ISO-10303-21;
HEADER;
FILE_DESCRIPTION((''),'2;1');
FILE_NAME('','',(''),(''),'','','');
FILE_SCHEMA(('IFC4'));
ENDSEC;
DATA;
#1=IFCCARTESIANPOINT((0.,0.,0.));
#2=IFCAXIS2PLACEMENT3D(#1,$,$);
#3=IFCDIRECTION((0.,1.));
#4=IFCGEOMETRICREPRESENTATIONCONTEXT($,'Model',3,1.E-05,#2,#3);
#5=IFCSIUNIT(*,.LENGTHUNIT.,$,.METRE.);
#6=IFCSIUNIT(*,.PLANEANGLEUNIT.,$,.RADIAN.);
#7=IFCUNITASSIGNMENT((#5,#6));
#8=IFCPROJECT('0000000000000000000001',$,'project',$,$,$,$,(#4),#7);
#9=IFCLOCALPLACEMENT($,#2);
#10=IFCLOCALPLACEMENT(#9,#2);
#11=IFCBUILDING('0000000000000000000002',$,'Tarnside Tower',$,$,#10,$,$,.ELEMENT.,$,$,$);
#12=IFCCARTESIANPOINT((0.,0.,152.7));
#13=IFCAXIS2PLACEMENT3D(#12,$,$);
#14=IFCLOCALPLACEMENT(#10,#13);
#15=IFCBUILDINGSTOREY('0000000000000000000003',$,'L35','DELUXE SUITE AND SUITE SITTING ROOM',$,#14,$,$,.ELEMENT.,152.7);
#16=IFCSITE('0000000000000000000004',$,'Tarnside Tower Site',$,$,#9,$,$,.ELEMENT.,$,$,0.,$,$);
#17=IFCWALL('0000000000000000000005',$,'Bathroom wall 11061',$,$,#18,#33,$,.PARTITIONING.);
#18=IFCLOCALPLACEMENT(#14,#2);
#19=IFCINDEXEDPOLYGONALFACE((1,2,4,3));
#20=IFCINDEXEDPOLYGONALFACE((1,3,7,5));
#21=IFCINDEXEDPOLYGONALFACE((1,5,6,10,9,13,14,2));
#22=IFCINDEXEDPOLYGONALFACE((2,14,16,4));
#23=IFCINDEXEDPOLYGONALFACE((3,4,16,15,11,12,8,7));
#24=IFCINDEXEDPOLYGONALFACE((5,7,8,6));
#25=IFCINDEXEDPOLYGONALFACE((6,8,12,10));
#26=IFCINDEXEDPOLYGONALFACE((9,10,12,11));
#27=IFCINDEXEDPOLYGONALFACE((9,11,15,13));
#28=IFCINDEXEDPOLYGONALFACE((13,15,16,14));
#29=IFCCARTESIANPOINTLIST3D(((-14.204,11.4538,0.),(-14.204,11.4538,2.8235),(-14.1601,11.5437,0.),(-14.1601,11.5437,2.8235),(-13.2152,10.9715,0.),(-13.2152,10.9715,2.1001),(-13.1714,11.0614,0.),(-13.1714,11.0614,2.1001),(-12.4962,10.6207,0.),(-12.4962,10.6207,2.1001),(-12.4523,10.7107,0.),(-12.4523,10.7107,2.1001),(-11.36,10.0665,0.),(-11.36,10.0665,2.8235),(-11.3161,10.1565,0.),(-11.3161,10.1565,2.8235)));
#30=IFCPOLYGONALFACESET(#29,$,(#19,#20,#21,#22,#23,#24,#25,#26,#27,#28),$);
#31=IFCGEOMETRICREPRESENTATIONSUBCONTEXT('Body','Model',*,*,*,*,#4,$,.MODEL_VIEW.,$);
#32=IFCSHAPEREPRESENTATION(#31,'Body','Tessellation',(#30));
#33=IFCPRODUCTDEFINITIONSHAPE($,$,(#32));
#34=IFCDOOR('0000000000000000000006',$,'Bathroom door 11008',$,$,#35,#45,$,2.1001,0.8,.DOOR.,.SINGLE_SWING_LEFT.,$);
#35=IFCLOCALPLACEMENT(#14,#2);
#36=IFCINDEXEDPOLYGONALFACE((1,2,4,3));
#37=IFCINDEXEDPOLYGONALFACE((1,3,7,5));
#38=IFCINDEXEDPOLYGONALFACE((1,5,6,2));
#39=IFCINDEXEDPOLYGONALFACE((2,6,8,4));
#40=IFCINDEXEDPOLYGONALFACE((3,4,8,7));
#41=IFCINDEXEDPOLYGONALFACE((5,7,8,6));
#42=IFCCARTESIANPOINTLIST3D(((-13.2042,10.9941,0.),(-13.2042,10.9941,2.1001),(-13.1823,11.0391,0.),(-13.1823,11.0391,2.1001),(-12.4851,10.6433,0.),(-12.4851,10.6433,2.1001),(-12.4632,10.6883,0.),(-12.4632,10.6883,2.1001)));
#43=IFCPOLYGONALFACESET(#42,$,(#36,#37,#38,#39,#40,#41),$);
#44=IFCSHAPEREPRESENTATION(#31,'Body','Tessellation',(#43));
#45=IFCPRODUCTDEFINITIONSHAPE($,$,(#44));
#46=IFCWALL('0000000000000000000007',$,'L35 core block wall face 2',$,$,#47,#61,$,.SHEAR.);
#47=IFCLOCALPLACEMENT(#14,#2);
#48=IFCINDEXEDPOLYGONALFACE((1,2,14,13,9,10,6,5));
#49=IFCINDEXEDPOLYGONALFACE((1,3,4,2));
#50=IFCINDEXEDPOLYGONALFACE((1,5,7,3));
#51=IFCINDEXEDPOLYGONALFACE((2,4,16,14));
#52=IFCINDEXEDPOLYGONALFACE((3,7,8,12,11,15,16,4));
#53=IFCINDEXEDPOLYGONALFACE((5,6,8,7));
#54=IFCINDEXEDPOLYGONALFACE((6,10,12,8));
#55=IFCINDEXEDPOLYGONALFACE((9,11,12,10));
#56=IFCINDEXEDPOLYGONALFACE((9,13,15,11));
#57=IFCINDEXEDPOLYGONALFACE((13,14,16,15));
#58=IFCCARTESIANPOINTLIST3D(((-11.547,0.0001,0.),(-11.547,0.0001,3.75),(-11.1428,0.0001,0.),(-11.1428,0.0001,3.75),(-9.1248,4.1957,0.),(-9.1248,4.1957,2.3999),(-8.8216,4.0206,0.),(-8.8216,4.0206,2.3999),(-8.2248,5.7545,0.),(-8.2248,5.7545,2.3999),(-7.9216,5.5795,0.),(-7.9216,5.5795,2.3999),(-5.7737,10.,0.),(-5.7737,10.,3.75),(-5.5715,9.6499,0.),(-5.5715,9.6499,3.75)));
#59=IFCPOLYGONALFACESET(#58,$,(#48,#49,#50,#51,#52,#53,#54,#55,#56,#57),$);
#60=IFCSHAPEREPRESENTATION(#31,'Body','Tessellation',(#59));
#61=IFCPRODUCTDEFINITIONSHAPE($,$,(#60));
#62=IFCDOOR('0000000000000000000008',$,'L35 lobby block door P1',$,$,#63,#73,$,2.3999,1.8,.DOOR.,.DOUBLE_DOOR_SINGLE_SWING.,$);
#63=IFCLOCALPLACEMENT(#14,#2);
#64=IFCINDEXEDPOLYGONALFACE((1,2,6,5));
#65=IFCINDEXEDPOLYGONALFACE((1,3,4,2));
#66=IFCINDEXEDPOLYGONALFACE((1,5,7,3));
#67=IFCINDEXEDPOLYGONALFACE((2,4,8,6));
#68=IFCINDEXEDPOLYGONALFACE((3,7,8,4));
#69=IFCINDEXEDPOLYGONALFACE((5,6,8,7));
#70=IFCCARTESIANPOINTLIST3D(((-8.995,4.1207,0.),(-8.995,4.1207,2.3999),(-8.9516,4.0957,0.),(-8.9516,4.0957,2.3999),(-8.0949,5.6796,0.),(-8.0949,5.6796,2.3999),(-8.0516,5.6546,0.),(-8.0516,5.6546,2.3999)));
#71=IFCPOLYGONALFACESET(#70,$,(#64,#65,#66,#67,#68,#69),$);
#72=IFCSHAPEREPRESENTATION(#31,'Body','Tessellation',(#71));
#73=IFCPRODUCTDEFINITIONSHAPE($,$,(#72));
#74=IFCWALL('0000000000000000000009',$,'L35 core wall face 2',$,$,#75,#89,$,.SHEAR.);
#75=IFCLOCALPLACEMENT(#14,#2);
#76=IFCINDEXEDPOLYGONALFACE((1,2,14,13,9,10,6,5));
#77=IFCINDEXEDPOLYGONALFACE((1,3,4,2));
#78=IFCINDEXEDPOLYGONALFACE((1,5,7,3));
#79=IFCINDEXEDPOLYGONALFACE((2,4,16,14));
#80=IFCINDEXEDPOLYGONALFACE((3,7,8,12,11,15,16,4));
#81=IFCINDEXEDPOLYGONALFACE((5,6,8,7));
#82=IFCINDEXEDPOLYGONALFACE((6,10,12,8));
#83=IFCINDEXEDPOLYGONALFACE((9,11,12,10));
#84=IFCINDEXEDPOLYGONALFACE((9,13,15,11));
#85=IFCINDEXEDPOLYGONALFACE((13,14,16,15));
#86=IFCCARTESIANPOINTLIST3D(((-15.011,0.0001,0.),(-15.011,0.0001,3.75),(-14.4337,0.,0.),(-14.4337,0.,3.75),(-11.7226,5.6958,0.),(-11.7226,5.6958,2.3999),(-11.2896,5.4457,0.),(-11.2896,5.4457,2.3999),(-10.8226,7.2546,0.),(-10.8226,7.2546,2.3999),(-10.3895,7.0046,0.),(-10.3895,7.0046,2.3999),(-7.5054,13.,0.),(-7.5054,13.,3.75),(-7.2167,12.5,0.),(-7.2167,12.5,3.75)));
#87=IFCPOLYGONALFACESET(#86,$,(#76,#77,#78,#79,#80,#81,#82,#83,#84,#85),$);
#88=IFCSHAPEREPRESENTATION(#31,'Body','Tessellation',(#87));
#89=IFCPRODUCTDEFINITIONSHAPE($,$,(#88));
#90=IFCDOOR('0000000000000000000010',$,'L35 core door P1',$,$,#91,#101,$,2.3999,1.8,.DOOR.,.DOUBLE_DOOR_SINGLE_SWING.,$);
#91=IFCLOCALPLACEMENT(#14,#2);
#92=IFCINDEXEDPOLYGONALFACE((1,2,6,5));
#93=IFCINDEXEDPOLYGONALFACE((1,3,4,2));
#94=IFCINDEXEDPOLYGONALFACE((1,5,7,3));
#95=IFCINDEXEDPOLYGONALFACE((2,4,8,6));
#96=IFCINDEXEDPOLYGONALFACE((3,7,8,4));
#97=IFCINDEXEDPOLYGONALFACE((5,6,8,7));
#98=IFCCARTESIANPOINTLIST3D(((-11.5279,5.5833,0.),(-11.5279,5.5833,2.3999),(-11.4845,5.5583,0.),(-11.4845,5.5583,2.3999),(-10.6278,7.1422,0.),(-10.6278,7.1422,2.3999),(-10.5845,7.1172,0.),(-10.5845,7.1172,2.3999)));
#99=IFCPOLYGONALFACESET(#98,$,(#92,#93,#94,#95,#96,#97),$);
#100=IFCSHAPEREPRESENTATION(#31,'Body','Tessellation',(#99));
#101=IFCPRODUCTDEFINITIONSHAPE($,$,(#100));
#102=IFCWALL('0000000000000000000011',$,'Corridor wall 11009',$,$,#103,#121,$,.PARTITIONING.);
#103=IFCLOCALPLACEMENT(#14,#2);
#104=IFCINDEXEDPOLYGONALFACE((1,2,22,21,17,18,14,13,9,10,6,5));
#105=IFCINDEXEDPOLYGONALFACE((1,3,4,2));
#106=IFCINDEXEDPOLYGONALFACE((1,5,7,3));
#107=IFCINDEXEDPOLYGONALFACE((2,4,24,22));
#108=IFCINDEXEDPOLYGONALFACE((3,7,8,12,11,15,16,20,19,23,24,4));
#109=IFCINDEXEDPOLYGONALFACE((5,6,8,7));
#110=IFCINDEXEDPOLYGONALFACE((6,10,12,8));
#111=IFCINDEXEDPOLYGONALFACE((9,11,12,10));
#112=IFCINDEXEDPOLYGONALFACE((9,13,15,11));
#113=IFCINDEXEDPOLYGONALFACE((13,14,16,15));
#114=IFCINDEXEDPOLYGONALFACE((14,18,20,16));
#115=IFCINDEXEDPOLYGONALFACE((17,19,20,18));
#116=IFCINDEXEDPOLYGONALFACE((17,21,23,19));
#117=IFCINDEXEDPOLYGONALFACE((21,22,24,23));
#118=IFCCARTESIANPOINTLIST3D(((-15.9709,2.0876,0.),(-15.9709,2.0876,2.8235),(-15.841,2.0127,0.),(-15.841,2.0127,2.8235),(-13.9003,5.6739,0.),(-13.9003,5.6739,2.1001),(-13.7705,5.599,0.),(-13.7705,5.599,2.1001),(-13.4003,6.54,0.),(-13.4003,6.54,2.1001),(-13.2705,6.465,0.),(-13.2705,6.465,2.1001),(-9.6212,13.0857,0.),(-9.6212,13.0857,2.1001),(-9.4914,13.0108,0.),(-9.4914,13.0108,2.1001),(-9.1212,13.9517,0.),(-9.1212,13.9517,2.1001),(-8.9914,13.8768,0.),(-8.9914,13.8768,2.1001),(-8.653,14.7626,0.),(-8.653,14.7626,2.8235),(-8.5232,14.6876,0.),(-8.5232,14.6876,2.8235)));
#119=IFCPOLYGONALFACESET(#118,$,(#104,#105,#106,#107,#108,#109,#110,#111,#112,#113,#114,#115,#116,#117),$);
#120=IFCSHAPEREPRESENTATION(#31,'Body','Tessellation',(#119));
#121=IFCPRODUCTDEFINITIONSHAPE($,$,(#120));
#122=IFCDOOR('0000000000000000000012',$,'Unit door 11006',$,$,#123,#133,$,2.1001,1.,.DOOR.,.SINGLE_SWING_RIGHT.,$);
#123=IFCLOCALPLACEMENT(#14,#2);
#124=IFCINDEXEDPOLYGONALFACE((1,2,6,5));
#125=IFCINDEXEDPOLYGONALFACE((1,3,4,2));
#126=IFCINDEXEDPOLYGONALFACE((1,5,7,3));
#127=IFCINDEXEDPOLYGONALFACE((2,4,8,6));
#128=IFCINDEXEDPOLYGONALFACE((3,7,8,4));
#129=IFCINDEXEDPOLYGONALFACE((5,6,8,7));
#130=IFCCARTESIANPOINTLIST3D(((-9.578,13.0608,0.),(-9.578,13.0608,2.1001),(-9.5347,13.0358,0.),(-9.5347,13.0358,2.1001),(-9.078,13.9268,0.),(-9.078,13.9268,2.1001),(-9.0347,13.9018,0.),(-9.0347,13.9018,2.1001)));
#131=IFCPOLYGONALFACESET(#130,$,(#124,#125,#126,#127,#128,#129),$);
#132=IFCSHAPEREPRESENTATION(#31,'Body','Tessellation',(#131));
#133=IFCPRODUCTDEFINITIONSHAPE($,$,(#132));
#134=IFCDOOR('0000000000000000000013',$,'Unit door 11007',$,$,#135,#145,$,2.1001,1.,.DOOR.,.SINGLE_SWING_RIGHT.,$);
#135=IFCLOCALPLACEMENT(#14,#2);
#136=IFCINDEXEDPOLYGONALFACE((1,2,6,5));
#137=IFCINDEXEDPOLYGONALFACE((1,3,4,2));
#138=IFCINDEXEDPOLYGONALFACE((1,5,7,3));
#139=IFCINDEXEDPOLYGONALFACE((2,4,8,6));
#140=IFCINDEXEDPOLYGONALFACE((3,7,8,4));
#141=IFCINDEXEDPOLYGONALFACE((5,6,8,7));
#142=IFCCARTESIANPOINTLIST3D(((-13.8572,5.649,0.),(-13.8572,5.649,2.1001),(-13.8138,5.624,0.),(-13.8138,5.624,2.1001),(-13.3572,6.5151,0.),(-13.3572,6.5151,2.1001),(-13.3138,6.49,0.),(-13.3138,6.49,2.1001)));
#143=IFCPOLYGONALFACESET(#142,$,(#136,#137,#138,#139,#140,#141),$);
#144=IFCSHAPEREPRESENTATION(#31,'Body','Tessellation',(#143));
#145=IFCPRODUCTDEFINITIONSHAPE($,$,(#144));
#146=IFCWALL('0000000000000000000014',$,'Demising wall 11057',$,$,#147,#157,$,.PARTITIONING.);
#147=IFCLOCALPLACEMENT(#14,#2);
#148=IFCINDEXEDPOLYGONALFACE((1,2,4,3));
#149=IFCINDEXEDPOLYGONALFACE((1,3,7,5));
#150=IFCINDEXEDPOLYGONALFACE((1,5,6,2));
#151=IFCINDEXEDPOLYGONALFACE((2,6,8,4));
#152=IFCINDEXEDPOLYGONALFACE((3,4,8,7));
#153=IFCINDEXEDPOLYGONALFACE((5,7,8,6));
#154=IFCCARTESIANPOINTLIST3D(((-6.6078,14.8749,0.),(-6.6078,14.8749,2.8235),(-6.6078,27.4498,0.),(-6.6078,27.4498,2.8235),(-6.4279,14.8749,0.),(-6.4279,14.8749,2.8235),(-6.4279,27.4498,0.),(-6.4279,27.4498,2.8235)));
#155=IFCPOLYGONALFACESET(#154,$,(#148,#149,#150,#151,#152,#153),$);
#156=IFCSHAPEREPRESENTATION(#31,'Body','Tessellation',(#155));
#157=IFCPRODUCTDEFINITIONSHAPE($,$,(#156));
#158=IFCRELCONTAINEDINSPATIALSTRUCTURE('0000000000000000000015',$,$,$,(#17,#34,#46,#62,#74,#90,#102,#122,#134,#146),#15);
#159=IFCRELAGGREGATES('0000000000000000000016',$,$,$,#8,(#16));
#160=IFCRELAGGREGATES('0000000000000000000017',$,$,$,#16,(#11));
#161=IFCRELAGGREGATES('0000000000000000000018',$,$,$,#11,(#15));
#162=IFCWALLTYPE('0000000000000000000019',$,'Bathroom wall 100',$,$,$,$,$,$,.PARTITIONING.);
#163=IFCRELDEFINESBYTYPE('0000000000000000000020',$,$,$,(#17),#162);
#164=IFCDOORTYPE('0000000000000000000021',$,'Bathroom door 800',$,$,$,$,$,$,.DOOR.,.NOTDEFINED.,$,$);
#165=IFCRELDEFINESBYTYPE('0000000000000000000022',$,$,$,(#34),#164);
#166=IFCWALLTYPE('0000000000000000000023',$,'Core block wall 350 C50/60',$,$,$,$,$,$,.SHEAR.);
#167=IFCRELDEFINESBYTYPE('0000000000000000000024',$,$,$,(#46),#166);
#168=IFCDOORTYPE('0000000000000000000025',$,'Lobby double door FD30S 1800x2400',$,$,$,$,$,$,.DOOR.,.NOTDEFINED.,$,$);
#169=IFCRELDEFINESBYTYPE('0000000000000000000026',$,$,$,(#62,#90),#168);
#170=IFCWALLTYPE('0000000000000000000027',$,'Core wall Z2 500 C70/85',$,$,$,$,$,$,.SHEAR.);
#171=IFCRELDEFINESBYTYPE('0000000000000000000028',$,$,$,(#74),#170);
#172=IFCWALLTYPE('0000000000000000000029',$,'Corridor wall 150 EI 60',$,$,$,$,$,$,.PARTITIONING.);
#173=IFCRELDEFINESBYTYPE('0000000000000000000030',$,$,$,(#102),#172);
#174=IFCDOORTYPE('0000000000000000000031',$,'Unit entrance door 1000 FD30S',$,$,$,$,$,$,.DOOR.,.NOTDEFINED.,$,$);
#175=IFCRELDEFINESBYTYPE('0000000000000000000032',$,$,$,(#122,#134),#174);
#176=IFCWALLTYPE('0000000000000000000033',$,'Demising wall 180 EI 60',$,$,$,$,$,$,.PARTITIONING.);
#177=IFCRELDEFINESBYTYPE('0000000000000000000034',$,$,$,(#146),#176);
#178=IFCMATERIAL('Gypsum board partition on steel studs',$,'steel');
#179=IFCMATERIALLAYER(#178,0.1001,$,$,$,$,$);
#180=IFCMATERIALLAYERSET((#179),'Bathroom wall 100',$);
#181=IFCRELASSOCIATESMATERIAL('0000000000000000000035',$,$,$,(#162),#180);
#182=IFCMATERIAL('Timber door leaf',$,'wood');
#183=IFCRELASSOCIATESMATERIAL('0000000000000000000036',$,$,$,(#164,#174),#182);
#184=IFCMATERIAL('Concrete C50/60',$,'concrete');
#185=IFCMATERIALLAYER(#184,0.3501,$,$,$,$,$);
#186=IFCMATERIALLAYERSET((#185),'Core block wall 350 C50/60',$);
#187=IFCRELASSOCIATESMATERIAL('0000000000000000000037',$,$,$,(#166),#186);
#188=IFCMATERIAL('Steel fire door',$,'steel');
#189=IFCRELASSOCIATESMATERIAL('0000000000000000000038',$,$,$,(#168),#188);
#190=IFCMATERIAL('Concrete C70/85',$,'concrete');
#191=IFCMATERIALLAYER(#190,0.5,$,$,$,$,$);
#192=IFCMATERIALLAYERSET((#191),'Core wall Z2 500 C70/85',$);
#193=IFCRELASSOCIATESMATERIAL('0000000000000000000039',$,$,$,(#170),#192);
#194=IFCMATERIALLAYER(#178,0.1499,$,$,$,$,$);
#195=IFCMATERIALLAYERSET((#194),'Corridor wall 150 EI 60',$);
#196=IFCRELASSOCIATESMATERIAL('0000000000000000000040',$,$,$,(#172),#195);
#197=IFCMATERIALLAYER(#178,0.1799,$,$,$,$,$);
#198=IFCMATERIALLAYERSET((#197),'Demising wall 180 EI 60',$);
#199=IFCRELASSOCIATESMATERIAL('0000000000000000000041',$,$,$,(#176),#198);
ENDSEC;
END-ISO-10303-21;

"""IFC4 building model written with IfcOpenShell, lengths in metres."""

from ifc_helpers import new_model, si_unit, direction, frame, frame_2d, origin, place, context, subcontext, project, spatial, polyline, rectangle, outline, extrude, material, layer, layer_set, type_object, element, fill, save


model = new_model("IFC4")

# Units and contexts
model_context = context("Model", 3, precision=1e-05, world=origin(), true_north=direction((0.0, 1.0)))
body_context = subcontext(model_context, "Body", "Model", "MODEL_VIEW")
ifc_project = project(units=[si_unit("LENGTHUNIT", "METRE"), si_unit("PLANEANGLEUNIT", "RADIAN")], contexts=[model_context])

# Site, building, storey
site_placement = place(None, origin())
site = spatial("IfcSite", under=ifc_project, at=site_placement, Name="Tarnside Tower Site", CompositionType="ELEMENT", RefElevation=0.0)
building_placement = place(site_placement, origin())
building = spatial("IfcBuilding", under=site, at=building_placement, Name="Tarnside Tower", CompositionType="ELEMENT")
storey_placement = place(building_placement, frame((0.0, 0.0, 152.7)))
storey = spatial("IfcBuildingStorey", under=building, at=storey_placement, Name="L35", Description="DELUXE SUITE AND SUITE SITTING ROOM", CompositionType="ELEMENT", Elevation=152.7)

# Walls, openings, doors
ifc_material_1 = material(Name="Gypsum board partition on steel studs", Category="steel")
ifc_layer_1 = layer(ifc_material_1, 0.1001)
ifc_layer_set_1 = layer_set([ifc_layer_1], Name="Bathroom wall 100")
wall_type_1 = type_object("IfcWallType", Name="Bathroom wall 100", PredefinedType="PARTITIONING", material=ifc_layer_set_1)
wall_1_placement = place(storey_placement, frame((-11.3381, 10.1116, 0.0), z_axis=(0.0, 0.0, 1.0), x_axis=(-0.898782, 0.438396, 0.0)))
wall_1 = element("IfcWall", 1, at=wall_1_placement, inside=storey, type_object=wall_type_1, Name="Bathroom wall 11061", PredefinedType="PARTITIONING", context=body_context, shape_type="SweptSolid", body=[
    extrude(rectangle(XDim=3.1643, YDim=0.1001, at=frame_2d((1.582, 0.0))), origin(), (0.0, 0.0, 1.0), 2.8235),
])
opening_1_placement = place(wall_1_placement, frame((1.2642, 0.0, 0.0)))
opening_1 = element("IfcOpeningElement", 2, at=opening_1_placement, cuts=wall_1, PredefinedType="OPENING", context=body_context, shape_type="SweptSolid", body=[
    extrude(rectangle(XDim=0.8, YDim=2.1001, at=frame_2d((0.3999, 1.05))), frame((0.0, 0.0601, 0.0), z_axis=(0.0, -1.0, 0.0), x_axis=(1.0, 0.0, 0.0)), (0.0, 0.0, 1.0), 0.1201),
])
ifc_material_2 = material(Name="Timber door leaf", Category="wood")
door_type_1 = type_object("IfcDoorType", Name="Bathroom door 800", OperationType="NOTDEFINED", PredefinedType="DOOR", material=ifc_material_2)
door_1_placement = place(opening_1_placement, origin())
door_1 = element("IfcDoor", 3, at=door_1_placement, inside=storey, type_object=door_type_1, Name="Bathroom door 11008", OperationType="SINGLE_SWING_LEFT", OverallHeight=2.1001, OverallWidth=0.8, PredefinedType="DOOR", context=body_context, shape_type="SweptSolid", body=[
    extrude(rectangle(XDim=0.8, YDim=2.1001, at=frame_2d((0.3999, 1.05))), frame((0.0, 0.0249, 0.0), z_axis=(0.0, -1.0, 0.0), x_axis=(1.0, 0.0, 0.0)), (0.0, 0.0, 1.0), 0.05),
])
fill(opening_1, door_1)
ifc_material_3 = material(Name="Concrete C50/60", Category="concrete")
ifc_layer_2 = layer(ifc_material_3, 0.3501)
ifc_layer_set_2 = layer_set([ifc_layer_2], Name="Core block wall 350 C50/60")
wall_type_2 = type_object("IfcWallType", Name="Core block wall 350 C50/60", PredefinedType="SHEAR", material=ifc_layer_set_2)
wall_2_placement = place(storey_placement, frame((-5.6726, 9.825, 0.0), z_axis=(0.0, 0.0, 1.0), x_axis=(-0.499995, -0.866028, 0.0)))
wall_2 = element("IfcWall", 4, at=wall_2_placement, inside=storey, type_object=wall_type_2, Name="L35 core block wall face 2", PredefinedType="SHEAR", context=body_context, shape_type="SweptSolid", body=[
    extrude(outline(polyline([(-0.1011, -0.175), (11.4458, -0.175), (11.2437, 0.175), (0.1011, 0.175), (-0.1011, -0.175)])), origin(), (0.0, 0.0, 1.0), 3.75),
])
opening_2_placement = place(wall_2_placement, frame((4.8013, 0.0, 0.0)))
opening_2 = element("IfcOpeningElement", 5, at=opening_2_placement, cuts=wall_2, PredefinedType="OPENING", context=body_context, shape_type="SweptSolid", body=[
    extrude(rectangle(XDim=1.8, YDim=2.3999, at=frame_2d((0.8999, 1.2))), frame((0.0, 0.1851, 0.0), z_axis=(0.0, -1.0, 0.0), x_axis=(1.0, 0.0, 0.0)), (0.0, 0.0, 1.0), 0.3701),
])
ifc_material_4 = material(Name="Steel fire door", Category="steel")
door_type_2 = type_object("IfcDoorType", Name="Lobby double door FD30S 1800x2400", OperationType="NOTDEFINED", PredefinedType="DOOR", material=ifc_material_4)
door_2_placement = place(opening_2_placement, origin())
door_2 = element("IfcDoor", 6, at=door_2_placement, inside=storey, type_object=door_type_2, Name="L35 lobby block door P1", OperationType="DOUBLE_DOOR_SINGLE_SWING", OverallHeight=2.3999, OverallWidth=1.8, PredefinedType="DOOR", context=body_context, shape_type="SweptSolid", body=[
    extrude(rectangle(XDim=1.8, YDim=2.3999, at=frame_2d((0.8999, 1.2))), frame((0.0, 0.0249, 0.0), z_axis=(0.0, -1.0, 0.0), x_axis=(1.0, 0.0, 0.0)), (0.0, 0.0, 1.0), 0.05),
])
fill(opening_2, door_2)
ifc_material_5 = material(Name="Concrete C70/85", Category="concrete")
ifc_layer_3 = layer(ifc_material_5, 0.5)
ifc_layer_set_3 = layer_set([ifc_layer_3], Name="Core wall Z2 500 C70/85")
wall_type_3 = type_object("IfcWallType", Name="Core wall Z2 500 C70/85", PredefinedType="SHEAR", material=ifc_layer_set_3)
wall_3_placement = place(storey_placement, frame((-7.3611, 12.75, 0.0), z_axis=(0.0, 0.0, 1.0), x_axis=(-0.500006, -0.866022, 0.0)))
wall_3 = element("IfcWall", 7, at=wall_3_placement, inside=storey, type_object=wall_type_3, Name="L35 core wall face 2", PredefinedType="SHEAR", context=body_context, shape_type="SweptSolid", body=[
    extrude(outline(polyline([(-0.1443, -0.25), (14.8667, -0.25), (14.5781, 0.25), (0.1443, 0.25), (-0.1443, -0.25)])), origin(), (0.0, 0.0, 1.0), 3.75),
])
opening_3_placement = place(wall_3_placement, frame((6.49, 0.0, 0.0)))
opening_3 = element("IfcOpeningElement", 8, at=opening_3_placement, cuts=wall_3, PredefinedType="OPENING", context=body_context, shape_type="SweptSolid", body=[
    extrude(rectangle(XDim=1.8, YDim=2.3999, at=frame_2d((0.8999, 1.2))), frame((0.0, 0.26, 0.0), z_axis=(0.0, -1.0, 0.0), x_axis=(1.0, 0.0, 0.0)), (0.0, 0.0, 1.0), 0.52),
])
door_3_placement = place(opening_3_placement, origin())
door_3 = element("IfcDoor", 9, at=door_3_placement, inside=storey, type_object=door_type_2, Name="L35 core door P1", OperationType="DOUBLE_DOOR_SINGLE_SWING", OverallHeight=2.3999, OverallWidth=1.8, PredefinedType="DOOR", context=body_context, shape_type="SweptSolid", body=[
    extrude(rectangle(XDim=1.8, YDim=2.3999, at=frame_2d((0.8999, 1.2))), frame((0.0, 0.0249, 0.0), z_axis=(0.0, -1.0, 0.0), x_axis=(1.0, 0.0, 0.0)), (0.0, 0.0, 1.0), 0.05),
])
fill(opening_3, door_3)

# Wall, openings, doors
ifc_layer_4 = layer(ifc_material_1, 0.1499)
ifc_layer_set_4 = layer_set([ifc_layer_4], Name="Corridor wall 150 EI 60")
wall_type_4 = type_object("IfcWallType", Name="Corridor wall 150 EI 60", PredefinedType="PARTITIONING", material=ifc_layer_set_4)
wall_4_placement = place(storey_placement, frame((-8.5881, 14.7251, 0.0), z_axis=(0.0, 0.0, 1.0), x_axis=(-0.499996, -0.866028, 0.0)))
wall_4 = element("IfcWall", 10, at=wall_4_placement, inside=storey, type_object=wall_type_4, Name="Corridor wall 11009", PredefinedType="PARTITIONING", context=body_context, shape_type="SweptSolid", body=[
    extrude(rectangle(XDim=14.6357, YDim=0.1499, at=frame_2d((7.3179, 0.0))), origin(), (0.0, 0.0, 1.0), 2.8235),
])
opening_4_placement = place(wall_4_placement, frame((0.9363, 0.0, 0.0)))
opening_4 = element("IfcOpeningElement", 11, at=opening_4_placement, cuts=wall_4, PredefinedType="OPENING", context=body_context, shape_type="SweptSolid", body=[
    extrude(rectangle(XDim=1.0, YDim=2.1001, at=frame_2d((0.5, 1.05))), frame((0.0, 0.085, 0.0), z_axis=(0.0, -1.0, 0.0), x_axis=(1.0, 0.0, 0.0)), (0.0, 0.0, 1.0), 0.1699),
])
opening_5_placement = place(wall_4_placement, frame((9.4946, 0.0, 0.0)))
opening_5 = element("IfcOpeningElement", 12, at=opening_5_placement, cuts=wall_4, PredefinedType="OPENING", context=body_context, shape_type="SweptSolid", body=[
    extrude(rectangle(XDim=1.0, YDim=2.1001, at=frame_2d((0.5, 1.05))), frame((0.0, 0.085, 0.0), z_axis=(0.0, -1.0, 0.0), x_axis=(1.0, 0.0, 0.0)), (0.0, 0.0, 1.0), 0.1699),
])
door_type_3 = type_object("IfcDoorType", Name="Unit entrance door 1000 FD30S", OperationType="NOTDEFINED", PredefinedType="DOOR", material=ifc_material_2)
door_4_placement = place(opening_4_placement, origin())
door_4 = element("IfcDoor", 13, at=door_4_placement, inside=storey, type_object=door_type_3, Name="Unit door 11006", OperationType="SINGLE_SWING_RIGHT", OverallHeight=2.1001, OverallWidth=1.0, PredefinedType="DOOR", context=body_context, shape_type="SweptSolid", body=[
    extrude(rectangle(XDim=1.0, YDim=2.1001, at=frame_2d((0.5, 1.05))), frame((0.0, 0.0249, 0.0), z_axis=(0.0, -1.0, 0.0), x_axis=(1.0, 0.0, 0.0)), (0.0, 0.0, 1.0), 0.05),
])
fill(opening_4, door_4)
door_5_placement = place(opening_5_placement, origin())
door_5 = element("IfcDoor", 14, at=door_5_placement, inside=storey, type_object=door_type_3, Name="Unit door 11007", OperationType="SINGLE_SWING_RIGHT", OverallHeight=2.1001, OverallWidth=1.0, PredefinedType="DOOR", context=body_context, shape_type="SweptSolid", body=[
    extrude(rectangle(XDim=1.0, YDim=2.1001, at=frame_2d((0.5, 1.05))), frame((0.0, 0.0249, 0.0), z_axis=(0.0, -1.0, 0.0), x_axis=(1.0, 0.0, 0.0)), (0.0, 0.0, 1.0), 0.05),
])
fill(opening_5, door_5)

# Wall
ifc_layer_5 = layer(ifc_material_1, 0.1799)
ifc_layer_set_5 = layer_set([ifc_layer_5], Name="Demising wall 180 EI 60")
wall_type_5 = type_object("IfcWallType", Name="Demising wall 180 EI 60", PredefinedType="PARTITIONING", material=ifc_layer_set_5)
wall_5_placement = place(storey_placement, frame((-6.5178, 27.45, 0.0), z_axis=(0.0, 0.0, 1.0), x_axis=(0.0, -1.0, 0.0)))
element("IfcWall", 15, at=wall_5_placement, inside=storey, type_object=wall_type_5, Name="Demising wall 11057", PredefinedType="PARTITIONING", context=body_context, shape_type="SweptSolid", body=[
    extrude(rectangle(XDim=12.575, YDim=0.1799, at=frame_2d((6.2876, 0.0))), origin(), (0.0, 0.0, 1.0), 2.8235),
])

save(model, "model.ifc")
